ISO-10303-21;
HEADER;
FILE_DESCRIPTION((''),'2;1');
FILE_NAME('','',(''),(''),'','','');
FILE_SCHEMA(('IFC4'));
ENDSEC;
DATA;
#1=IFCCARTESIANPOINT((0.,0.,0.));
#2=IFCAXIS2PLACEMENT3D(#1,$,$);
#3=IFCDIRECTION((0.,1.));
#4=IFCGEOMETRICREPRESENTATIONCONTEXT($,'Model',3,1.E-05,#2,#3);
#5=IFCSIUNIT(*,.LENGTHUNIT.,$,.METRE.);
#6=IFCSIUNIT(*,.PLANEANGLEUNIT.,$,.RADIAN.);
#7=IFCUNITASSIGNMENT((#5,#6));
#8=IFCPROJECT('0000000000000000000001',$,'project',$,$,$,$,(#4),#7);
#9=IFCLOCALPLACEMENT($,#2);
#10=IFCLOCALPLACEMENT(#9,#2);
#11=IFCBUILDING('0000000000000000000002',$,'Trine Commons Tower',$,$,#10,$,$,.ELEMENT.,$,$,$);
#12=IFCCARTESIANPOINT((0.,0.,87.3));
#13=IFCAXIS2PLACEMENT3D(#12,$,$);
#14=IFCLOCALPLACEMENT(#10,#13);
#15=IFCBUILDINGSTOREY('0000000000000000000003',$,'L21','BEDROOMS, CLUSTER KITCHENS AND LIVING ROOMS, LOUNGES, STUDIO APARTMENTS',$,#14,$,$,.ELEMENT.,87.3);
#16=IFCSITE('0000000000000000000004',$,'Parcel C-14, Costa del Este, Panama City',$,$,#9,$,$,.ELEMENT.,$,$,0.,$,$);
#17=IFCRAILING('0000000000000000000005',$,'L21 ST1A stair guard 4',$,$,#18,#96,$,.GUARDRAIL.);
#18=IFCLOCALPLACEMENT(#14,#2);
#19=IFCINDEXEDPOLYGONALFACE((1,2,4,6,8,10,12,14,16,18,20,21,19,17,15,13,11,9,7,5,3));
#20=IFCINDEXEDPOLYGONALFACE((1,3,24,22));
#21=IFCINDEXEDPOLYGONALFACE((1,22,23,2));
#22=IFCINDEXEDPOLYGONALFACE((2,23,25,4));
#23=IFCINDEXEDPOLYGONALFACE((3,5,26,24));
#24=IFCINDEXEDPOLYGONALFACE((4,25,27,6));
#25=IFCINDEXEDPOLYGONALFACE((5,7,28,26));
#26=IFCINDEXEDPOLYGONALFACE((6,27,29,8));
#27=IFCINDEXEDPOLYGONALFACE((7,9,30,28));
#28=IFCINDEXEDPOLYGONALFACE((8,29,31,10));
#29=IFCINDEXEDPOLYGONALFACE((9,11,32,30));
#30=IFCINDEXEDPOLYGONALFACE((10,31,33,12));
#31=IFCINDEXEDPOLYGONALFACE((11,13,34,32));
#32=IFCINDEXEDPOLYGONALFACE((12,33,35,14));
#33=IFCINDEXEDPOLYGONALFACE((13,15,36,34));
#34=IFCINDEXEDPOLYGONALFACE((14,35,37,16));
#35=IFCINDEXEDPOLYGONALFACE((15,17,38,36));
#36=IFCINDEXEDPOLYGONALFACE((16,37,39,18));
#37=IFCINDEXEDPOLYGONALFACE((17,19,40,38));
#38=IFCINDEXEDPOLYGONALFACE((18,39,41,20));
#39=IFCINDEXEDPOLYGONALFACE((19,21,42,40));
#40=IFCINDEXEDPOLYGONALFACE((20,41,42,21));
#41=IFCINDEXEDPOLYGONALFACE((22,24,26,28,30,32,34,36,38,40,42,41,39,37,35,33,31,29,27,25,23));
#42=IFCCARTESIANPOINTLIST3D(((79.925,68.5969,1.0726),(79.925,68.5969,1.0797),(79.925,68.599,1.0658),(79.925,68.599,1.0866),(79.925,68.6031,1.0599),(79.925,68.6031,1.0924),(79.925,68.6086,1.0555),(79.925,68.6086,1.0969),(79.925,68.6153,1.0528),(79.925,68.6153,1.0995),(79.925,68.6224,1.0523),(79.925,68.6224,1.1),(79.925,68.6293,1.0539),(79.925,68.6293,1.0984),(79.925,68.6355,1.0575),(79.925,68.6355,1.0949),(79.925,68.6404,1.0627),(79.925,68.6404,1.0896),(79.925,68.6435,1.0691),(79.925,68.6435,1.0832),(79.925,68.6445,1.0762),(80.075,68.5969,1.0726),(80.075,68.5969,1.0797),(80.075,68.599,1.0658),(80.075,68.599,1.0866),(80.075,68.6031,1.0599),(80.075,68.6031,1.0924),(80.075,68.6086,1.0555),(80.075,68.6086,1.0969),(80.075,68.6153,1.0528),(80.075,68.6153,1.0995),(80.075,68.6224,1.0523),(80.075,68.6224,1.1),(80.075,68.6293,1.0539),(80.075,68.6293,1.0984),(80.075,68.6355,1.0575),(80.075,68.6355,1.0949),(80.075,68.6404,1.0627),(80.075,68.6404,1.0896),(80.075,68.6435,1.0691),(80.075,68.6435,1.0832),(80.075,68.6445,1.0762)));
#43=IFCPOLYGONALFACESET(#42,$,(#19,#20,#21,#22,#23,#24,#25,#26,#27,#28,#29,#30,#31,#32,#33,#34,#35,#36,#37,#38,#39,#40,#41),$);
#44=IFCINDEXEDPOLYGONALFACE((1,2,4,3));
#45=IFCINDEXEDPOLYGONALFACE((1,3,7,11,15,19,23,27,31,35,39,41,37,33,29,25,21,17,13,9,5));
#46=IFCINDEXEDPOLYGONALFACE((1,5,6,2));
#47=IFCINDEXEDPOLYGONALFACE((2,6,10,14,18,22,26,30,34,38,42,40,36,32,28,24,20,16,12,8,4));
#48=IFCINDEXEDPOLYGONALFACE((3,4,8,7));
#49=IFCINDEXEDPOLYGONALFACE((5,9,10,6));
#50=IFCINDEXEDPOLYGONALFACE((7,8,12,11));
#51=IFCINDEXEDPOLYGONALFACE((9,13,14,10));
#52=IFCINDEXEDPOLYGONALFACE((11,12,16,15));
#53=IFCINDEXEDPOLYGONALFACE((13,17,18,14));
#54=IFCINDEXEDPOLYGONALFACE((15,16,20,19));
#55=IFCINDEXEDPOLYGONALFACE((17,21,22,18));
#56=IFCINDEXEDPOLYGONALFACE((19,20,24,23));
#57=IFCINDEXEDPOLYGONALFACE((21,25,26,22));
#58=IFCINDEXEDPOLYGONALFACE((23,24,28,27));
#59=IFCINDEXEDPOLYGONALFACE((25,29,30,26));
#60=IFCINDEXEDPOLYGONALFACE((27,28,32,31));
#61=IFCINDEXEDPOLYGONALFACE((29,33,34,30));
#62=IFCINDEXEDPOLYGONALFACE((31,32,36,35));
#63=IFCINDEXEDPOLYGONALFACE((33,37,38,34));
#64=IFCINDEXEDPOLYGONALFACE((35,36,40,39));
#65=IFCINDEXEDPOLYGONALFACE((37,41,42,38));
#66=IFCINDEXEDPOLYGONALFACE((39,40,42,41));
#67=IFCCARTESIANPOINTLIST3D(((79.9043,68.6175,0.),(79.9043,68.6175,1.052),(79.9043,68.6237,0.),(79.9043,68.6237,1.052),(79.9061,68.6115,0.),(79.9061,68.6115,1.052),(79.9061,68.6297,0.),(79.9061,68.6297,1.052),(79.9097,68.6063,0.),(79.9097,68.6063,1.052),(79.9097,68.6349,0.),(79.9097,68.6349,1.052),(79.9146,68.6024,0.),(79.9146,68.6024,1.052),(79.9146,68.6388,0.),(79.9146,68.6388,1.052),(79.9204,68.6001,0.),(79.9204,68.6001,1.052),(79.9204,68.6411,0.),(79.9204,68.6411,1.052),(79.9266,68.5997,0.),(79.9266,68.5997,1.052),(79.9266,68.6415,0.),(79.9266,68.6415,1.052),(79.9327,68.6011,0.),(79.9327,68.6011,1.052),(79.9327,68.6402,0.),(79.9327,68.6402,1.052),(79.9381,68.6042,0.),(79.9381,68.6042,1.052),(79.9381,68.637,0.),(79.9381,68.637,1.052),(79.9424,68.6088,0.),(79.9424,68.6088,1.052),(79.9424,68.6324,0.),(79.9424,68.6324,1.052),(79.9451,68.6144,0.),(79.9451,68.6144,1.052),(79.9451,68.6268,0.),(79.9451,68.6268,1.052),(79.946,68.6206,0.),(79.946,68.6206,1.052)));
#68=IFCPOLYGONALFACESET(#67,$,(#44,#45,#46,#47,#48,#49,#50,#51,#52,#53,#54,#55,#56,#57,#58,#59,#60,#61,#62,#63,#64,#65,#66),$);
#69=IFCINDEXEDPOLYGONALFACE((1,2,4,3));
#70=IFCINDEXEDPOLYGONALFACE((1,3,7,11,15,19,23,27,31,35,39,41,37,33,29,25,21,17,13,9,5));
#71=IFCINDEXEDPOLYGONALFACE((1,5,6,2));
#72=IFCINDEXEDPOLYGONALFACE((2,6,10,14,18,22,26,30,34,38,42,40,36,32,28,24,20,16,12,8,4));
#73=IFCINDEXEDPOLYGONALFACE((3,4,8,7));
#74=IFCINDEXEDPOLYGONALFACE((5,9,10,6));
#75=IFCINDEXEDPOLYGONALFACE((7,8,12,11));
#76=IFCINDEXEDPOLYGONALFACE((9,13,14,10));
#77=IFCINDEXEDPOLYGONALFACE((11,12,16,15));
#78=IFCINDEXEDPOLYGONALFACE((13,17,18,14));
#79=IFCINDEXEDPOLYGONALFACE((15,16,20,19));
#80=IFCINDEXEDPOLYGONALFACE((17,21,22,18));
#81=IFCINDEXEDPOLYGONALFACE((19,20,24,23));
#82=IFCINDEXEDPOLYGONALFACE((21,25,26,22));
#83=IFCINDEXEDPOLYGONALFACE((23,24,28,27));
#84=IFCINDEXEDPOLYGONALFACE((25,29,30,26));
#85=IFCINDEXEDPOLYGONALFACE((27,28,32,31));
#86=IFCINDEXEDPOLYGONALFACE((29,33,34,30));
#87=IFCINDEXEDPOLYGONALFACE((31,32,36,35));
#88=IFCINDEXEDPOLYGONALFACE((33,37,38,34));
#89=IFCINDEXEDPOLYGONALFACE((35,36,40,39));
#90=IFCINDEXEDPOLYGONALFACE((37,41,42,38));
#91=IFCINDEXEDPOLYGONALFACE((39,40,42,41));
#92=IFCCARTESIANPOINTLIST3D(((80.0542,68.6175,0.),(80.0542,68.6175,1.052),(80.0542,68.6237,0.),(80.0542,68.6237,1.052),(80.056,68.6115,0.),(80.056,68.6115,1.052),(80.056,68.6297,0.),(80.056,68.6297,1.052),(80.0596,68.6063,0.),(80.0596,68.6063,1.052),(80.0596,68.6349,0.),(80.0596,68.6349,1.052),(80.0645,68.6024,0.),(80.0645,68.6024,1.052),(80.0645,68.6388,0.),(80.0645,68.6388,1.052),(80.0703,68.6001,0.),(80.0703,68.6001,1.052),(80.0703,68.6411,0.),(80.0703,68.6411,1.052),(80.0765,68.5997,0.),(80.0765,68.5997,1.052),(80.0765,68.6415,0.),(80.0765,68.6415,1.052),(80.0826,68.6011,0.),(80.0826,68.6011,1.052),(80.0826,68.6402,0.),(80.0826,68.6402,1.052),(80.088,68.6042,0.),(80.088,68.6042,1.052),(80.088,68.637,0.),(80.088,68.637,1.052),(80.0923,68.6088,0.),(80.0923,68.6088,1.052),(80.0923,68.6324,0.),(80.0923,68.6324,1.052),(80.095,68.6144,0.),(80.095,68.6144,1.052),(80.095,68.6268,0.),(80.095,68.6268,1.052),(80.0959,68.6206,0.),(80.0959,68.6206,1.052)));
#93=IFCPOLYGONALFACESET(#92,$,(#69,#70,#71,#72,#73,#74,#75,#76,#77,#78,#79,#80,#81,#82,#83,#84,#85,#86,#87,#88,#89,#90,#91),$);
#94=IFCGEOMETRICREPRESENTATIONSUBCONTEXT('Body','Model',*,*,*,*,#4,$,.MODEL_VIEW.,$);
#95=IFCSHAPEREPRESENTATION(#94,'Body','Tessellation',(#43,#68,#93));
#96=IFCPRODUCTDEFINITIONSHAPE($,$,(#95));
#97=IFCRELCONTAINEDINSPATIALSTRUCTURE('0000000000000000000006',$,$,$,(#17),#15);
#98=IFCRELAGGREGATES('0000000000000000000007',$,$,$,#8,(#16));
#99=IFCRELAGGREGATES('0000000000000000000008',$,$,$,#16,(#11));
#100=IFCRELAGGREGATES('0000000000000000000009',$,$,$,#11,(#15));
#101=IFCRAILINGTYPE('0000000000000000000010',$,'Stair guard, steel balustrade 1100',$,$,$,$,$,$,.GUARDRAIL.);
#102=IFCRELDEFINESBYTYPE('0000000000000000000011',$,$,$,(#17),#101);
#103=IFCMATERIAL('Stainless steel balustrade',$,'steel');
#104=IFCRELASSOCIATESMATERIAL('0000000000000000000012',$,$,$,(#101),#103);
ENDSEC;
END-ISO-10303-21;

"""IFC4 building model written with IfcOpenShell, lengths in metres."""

from ifc_helpers import new_model, si_unit, direction, frame, origin, origin_2d, place, context, subcontext, project, spatial, circle, extrude, material, type_object, element, save


model = new_model("IFC4")

# Units and contexts
model_context = context("Model", 3, precision=1e-05, world=origin(), true_north=direction((0.0, 1.0)))
body_context = subcontext(model_context, "Body", "Model", "MODEL_VIEW")
ifc_project = project(units=[si_unit("LENGTHUNIT", "METRE"), si_unit("PLANEANGLEUNIT", "RADIAN")], contexts=[model_context])

# Site, building, storey
site_placement = place(None, origin())
site = spatial("IfcSite", under=ifc_project, at=site_placement, Name="Parcel C-14, Costa del Este, Panama City", CompositionType="ELEMENT", RefElevation=0.0)
building_placement = place(site_placement, origin())
building = spatial("IfcBuilding", under=site, at=building_placement, Name="Trine Commons Tower", CompositionType="ELEMENT")
storey_placement = place(building_placement, frame((0.0, 0.0, 87.3)))
storey = spatial("IfcBuildingStorey", under=building, at=storey_placement, Name="L21", Description="BEDROOMS, CLUSTER KITCHENS AND LIVING ROOMS, LOUNGES, STUDIO APARTMENTS", CompositionType="ELEMENT", Elevation=87.3)

# Railing
ifc_material_1 = material(Name="Stainless steel balustrade", Category="steel")
railing_type_1 = type_object("IfcRailingType", Name="Stair guard, steel balustrade 1100", PredefinedType="GUARDRAIL", material=ifc_material_1)
railing_1_placement = place(storey_placement, frame((79.925, 68.6206, 0.0)))
element("IfcRailing", 1, at=railing_1_placement, inside=storey, type_object=railing_type_1, Name="L21 ST1A stair guard 4", PredefinedType="GUARDRAIL", context=body_context, shape_type="SweptSolid", body=[
    extrude(circle(Radius=0.0239, at=origin_2d()), frame((0.0, 0.0, 1.0762), z_axis=(1.0, 0.0, 0.0), x_axis=(0.0, 1.0, 0.0)), (0.0, 0.0, 1.0), 0.1499),
    extrude(circle(Radius=0.021, at=origin_2d()), origin(), (0.0, 0.0, 1.0), 1.052),
    extrude(circle(Radius=0.021, at=origin_2d()), frame((0.1499, 0.0, 0.0)), (0.0, 0.0, 1.0), 1.052),
])

save(model, "model.ifc")
